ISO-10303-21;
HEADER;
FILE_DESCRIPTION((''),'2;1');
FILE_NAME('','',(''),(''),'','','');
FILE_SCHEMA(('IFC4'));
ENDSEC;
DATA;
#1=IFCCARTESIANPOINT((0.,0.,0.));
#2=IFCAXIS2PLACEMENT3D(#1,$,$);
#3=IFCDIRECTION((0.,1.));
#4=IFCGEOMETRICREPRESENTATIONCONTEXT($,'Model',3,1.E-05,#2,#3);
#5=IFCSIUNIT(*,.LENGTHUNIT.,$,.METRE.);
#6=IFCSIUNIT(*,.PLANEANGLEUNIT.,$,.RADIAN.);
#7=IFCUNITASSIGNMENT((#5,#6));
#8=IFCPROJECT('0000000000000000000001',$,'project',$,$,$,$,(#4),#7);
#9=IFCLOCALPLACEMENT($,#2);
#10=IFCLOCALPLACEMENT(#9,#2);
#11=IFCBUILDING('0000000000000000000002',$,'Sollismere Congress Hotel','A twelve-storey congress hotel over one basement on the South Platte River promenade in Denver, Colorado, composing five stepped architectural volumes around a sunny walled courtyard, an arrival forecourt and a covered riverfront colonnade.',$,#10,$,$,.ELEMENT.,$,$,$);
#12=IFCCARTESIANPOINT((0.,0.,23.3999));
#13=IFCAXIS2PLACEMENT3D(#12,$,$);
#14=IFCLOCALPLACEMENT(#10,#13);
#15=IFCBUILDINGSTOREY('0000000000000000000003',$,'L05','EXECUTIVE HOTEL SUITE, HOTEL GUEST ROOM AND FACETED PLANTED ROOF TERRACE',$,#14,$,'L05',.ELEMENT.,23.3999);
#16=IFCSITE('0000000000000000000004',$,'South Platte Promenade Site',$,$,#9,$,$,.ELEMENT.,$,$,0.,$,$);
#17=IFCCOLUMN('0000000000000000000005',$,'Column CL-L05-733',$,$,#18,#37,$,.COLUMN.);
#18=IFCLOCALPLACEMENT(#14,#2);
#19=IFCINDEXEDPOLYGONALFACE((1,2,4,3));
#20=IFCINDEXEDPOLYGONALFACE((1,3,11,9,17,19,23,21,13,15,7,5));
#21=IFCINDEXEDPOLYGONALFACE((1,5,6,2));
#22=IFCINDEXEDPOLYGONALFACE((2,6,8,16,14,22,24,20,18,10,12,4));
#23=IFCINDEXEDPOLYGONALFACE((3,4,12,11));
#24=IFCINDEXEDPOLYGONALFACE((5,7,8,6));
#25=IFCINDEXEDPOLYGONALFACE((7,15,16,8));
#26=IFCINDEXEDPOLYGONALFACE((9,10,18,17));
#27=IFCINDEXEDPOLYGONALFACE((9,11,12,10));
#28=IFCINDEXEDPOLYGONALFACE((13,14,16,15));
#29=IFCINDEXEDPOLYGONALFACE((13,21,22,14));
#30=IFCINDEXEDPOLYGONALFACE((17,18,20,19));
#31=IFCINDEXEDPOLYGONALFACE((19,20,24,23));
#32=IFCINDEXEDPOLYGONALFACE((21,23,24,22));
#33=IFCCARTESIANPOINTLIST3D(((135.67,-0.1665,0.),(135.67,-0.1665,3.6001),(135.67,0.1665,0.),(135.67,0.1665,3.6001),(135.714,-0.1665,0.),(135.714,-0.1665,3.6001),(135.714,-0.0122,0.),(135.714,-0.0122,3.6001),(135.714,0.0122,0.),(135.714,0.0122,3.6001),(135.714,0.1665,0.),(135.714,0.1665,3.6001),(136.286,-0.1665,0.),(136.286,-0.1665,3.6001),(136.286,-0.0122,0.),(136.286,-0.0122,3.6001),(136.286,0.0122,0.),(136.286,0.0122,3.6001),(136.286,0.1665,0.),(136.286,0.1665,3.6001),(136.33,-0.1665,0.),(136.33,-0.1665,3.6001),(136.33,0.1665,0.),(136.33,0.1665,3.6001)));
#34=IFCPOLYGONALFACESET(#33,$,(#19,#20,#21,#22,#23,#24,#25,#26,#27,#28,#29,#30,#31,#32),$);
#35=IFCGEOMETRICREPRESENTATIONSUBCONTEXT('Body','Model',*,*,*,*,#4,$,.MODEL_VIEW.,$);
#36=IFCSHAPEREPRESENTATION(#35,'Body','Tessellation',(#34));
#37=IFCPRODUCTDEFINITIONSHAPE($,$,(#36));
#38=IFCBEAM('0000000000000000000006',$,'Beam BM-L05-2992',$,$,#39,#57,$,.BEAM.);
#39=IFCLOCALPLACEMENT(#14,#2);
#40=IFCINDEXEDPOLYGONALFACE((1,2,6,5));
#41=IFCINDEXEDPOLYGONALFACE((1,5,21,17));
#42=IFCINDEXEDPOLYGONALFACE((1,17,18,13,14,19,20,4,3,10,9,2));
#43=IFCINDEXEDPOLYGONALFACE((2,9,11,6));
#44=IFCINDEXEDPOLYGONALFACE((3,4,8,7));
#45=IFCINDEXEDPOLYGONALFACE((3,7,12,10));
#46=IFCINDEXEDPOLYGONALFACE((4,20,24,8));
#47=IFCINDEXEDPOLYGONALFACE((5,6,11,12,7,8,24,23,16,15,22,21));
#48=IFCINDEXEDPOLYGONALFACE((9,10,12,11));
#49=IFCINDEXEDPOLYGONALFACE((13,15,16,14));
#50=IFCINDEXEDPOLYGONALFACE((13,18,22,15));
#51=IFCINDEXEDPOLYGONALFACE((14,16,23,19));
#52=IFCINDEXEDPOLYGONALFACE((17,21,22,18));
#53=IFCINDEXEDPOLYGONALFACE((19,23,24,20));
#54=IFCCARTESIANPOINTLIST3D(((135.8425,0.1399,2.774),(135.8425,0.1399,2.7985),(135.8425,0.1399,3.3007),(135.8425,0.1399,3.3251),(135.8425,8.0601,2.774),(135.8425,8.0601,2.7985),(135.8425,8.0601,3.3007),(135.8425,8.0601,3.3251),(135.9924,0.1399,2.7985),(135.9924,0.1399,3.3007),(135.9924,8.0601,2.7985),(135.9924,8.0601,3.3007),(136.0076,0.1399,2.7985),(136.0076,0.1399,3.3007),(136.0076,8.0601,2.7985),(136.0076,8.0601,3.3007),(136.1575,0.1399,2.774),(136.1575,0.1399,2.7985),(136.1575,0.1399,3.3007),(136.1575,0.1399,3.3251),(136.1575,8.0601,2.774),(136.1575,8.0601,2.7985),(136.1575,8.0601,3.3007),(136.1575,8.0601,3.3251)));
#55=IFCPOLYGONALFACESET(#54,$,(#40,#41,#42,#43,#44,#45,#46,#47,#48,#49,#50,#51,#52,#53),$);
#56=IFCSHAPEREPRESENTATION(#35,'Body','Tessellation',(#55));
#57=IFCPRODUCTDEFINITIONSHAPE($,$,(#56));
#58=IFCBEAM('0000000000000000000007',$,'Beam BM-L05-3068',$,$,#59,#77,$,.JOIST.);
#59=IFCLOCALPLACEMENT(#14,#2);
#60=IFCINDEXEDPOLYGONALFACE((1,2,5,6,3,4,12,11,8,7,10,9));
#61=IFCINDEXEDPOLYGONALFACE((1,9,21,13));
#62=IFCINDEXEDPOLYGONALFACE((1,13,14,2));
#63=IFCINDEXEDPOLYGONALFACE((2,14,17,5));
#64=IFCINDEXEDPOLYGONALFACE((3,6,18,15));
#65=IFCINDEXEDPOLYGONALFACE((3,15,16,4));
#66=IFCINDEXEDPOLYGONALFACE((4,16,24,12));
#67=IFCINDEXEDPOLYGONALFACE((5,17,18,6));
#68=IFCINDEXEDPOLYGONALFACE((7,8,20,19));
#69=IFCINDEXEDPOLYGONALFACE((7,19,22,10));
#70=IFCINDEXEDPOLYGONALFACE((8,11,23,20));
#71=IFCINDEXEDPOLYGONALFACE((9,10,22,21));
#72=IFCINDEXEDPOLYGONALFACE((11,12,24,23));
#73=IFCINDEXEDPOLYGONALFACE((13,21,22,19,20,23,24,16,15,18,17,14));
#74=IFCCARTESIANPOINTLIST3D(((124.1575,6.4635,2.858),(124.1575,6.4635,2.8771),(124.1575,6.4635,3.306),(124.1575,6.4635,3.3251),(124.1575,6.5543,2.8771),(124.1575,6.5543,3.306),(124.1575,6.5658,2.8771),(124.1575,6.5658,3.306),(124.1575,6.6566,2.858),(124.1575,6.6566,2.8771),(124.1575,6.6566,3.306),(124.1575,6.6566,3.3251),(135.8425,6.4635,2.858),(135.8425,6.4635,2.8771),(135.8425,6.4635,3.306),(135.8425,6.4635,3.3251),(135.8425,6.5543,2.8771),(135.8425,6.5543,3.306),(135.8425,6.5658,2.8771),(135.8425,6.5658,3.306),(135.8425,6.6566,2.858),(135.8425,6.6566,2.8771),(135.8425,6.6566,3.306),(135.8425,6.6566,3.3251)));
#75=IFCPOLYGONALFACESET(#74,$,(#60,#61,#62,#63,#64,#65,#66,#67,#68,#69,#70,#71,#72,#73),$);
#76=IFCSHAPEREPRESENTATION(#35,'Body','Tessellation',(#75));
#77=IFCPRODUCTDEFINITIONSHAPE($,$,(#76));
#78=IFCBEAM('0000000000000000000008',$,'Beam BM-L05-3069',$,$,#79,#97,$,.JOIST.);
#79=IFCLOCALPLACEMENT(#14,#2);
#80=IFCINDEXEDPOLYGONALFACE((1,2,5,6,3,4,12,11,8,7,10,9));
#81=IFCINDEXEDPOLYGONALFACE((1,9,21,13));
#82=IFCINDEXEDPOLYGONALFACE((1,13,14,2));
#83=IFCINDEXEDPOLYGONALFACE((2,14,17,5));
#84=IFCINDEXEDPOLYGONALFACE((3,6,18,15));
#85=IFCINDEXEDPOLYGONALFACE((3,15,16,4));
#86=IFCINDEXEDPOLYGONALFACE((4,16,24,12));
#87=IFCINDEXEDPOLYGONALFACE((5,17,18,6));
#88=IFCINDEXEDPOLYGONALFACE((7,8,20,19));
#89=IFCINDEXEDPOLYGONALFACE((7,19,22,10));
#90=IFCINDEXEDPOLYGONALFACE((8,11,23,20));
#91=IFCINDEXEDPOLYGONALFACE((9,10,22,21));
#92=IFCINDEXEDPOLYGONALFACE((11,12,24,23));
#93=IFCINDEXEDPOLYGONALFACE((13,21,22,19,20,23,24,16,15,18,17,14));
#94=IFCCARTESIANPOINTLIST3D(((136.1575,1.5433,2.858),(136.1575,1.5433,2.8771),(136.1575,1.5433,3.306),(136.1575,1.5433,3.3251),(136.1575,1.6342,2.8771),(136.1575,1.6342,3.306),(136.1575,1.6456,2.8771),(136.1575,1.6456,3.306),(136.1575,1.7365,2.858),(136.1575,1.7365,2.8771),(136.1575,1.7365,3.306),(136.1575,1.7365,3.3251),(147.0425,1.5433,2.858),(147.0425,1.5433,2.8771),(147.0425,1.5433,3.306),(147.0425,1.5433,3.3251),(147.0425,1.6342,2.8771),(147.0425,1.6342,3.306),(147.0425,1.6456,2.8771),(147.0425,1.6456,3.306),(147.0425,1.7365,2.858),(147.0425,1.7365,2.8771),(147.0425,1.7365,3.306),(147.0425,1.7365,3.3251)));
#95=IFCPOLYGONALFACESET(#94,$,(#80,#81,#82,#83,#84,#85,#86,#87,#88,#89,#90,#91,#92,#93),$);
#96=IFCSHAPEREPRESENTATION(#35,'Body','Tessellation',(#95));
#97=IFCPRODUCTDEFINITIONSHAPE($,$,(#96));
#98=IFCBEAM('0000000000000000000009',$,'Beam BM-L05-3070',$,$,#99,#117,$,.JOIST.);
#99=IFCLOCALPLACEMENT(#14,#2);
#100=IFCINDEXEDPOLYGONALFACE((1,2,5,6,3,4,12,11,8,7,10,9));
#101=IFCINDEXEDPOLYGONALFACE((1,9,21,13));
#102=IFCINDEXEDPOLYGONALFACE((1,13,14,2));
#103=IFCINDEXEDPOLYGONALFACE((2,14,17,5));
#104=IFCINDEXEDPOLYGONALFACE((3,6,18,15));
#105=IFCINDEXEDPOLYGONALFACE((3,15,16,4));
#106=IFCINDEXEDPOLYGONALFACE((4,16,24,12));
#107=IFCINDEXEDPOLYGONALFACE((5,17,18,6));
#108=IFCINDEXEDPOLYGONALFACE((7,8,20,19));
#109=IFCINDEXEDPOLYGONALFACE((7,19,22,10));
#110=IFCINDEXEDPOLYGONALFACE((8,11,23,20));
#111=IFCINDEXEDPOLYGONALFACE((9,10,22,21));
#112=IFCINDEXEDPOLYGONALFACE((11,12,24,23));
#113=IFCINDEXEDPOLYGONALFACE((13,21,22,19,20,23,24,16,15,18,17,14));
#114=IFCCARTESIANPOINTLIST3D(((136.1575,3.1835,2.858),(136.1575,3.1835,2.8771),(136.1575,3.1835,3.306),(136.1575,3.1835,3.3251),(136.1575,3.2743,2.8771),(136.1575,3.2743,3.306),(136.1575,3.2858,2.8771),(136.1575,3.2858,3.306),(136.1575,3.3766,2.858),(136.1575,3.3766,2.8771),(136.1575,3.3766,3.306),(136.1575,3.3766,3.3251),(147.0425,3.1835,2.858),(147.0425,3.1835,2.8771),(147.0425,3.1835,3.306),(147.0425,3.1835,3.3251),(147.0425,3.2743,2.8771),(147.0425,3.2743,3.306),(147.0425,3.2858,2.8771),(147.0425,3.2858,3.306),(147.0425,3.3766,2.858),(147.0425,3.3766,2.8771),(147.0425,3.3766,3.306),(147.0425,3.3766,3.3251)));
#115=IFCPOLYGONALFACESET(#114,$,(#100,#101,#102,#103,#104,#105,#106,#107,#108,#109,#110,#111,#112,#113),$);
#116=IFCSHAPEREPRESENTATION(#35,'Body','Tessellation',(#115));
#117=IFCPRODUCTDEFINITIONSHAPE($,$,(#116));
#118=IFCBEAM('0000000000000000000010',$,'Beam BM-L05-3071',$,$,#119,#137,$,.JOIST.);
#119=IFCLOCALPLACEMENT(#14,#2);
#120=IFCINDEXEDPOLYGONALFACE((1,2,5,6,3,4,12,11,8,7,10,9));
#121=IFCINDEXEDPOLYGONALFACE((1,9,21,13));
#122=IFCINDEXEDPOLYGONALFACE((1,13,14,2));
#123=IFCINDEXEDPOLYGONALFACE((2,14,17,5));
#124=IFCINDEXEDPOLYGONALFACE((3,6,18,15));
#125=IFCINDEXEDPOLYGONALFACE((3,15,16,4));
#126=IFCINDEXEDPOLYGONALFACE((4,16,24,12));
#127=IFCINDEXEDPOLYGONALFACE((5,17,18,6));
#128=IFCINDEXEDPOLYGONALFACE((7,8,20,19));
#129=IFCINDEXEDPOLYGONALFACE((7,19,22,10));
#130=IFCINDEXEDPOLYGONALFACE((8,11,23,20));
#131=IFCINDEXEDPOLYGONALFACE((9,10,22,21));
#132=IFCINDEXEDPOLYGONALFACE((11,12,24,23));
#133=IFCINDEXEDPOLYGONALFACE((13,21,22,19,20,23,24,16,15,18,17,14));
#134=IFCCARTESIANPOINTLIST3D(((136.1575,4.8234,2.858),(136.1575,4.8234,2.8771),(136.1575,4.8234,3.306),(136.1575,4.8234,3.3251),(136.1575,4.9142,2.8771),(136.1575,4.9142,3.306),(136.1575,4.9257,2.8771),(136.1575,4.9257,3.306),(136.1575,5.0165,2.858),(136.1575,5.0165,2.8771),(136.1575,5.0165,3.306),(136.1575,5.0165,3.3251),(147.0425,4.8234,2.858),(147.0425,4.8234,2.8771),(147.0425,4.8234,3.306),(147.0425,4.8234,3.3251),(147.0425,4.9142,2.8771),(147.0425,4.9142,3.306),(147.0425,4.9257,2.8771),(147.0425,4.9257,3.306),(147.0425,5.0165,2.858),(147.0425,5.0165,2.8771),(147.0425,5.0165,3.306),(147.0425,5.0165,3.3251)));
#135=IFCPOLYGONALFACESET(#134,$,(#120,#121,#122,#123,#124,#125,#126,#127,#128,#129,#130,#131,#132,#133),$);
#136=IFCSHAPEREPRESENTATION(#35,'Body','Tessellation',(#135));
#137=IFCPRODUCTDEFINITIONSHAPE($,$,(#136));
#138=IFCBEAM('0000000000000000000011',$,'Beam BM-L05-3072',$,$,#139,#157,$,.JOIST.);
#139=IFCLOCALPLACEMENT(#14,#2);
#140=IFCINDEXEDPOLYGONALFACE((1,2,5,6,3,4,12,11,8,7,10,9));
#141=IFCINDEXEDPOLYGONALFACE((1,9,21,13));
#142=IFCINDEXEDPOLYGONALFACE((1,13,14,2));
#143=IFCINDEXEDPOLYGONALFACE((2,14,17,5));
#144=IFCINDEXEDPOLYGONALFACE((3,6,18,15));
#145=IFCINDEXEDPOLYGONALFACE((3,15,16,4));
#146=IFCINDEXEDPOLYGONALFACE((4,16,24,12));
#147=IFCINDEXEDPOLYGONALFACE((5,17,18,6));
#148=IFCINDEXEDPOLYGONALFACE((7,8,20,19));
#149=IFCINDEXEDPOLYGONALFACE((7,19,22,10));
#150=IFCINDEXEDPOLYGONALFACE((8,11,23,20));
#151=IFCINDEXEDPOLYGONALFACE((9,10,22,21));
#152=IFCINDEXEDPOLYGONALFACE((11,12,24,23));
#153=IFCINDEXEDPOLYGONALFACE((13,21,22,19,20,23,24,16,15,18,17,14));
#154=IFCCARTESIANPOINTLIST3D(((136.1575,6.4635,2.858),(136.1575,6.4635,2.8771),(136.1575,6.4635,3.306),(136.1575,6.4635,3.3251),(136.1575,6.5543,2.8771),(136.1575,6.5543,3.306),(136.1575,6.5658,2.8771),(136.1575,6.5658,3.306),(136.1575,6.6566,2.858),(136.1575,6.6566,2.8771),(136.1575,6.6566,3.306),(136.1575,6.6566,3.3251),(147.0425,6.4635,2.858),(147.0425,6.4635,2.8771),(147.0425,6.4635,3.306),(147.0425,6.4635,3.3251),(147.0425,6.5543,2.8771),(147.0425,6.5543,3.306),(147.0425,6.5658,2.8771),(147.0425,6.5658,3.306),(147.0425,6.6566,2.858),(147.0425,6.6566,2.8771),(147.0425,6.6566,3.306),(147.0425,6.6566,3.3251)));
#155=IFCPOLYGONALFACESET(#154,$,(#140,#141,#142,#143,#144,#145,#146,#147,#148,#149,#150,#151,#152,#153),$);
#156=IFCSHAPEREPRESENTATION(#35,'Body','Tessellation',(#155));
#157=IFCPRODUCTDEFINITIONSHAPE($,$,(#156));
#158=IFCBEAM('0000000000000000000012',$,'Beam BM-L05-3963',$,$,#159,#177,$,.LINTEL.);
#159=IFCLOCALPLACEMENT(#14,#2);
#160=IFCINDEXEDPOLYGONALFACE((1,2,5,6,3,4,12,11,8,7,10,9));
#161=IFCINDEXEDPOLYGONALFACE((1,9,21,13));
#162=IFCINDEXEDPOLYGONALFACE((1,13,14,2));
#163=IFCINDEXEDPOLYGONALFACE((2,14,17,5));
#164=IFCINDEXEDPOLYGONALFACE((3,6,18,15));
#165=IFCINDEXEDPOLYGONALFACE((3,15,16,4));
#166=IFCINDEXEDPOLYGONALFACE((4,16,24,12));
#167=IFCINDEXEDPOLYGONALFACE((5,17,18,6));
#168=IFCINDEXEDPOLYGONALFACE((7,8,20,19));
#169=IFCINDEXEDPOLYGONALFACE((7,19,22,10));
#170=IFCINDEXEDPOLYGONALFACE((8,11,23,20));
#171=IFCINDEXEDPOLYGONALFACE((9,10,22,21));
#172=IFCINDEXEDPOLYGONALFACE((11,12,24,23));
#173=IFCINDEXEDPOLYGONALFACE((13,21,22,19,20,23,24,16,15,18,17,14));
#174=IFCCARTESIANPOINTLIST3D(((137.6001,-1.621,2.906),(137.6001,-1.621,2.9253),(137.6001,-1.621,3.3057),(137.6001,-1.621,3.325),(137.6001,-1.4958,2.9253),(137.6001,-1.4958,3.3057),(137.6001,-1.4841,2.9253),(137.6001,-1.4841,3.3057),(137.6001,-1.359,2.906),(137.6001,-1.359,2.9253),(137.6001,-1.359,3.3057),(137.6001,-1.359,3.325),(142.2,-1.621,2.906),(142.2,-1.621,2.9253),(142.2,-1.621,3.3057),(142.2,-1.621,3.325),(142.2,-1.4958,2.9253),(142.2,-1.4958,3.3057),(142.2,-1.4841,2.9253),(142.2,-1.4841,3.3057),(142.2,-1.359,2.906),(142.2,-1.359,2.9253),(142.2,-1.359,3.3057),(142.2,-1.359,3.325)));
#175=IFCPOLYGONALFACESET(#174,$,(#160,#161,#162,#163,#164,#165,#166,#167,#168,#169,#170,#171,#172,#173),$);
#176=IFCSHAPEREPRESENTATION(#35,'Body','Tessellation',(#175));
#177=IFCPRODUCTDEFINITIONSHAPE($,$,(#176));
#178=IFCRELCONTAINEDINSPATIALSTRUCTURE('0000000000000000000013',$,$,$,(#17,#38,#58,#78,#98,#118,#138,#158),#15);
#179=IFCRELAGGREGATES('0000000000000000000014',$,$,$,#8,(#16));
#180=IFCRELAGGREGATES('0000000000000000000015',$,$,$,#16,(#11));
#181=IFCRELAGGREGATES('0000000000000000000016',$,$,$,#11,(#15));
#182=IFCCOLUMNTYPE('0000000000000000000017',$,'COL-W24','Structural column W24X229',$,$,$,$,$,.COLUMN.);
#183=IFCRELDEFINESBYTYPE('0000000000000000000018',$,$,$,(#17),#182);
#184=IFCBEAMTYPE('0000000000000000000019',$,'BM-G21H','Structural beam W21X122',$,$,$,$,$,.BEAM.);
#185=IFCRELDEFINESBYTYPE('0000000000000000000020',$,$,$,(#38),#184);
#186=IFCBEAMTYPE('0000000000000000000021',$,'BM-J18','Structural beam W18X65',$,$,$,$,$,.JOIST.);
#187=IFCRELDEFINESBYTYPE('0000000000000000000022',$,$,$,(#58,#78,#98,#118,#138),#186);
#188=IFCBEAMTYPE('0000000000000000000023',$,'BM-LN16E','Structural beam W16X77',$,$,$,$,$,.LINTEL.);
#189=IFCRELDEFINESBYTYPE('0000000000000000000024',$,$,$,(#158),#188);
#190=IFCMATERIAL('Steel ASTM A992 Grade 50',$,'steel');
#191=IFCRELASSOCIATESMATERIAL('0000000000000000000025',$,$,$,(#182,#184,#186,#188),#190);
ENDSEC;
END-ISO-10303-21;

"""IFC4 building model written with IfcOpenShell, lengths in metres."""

from ifc_helpers import new_model, si_unit, direction, frame, origin, origin_2d, place, context, subcontext, project, spatial, i_section, extrude, material, material_profile, profile_set, type_object, element, save


model = new_model("IFC4")

# Units and contexts
model_context = context("Model", 3, precision=1e-05, world=origin(), true_north=direction((0.0, 1.0)))
body_context = subcontext(model_context, "Body", "Model", "MODEL_VIEW")
ifc_project = project(units=[si_unit("LENGTHUNIT", "METRE"), si_unit("PLANEANGLEUNIT", "RADIAN")], contexts=[model_context])

# Site, building, storey
site_placement = place(None, origin())
site = spatial("IfcSite", under=ifc_project, at=site_placement, Name="South Platte Promenade Site", CompositionType="ELEMENT", RefElevation=0.0)
building_placement = place(site_placement, origin())
building = spatial("IfcBuilding", under=site, at=building_placement, Name="Sollismere Congress Hotel", Description="A twelve-storey congress hotel over one basement on the South Platte River promenade in Denver, Colorado, composing five stepped architectural volumes around a sunny walled courtyard, an arrival forecourt and a covered riverfront colonnade.", CompositionType="ELEMENT")
storey_placement = place(building_placement, frame((0.0, 0.0, 23.3999)))
storey = spatial("IfcBuildingStorey", under=building, at=storey_placement, Name="L05", Description="EXECUTIVE HOTEL SUITE, HOTEL GUEST ROOM AND FACETED PLANTED ROOF TERRACE", LongName="L05", CompositionType="ELEMENT", Elevation=23.3999)

# Column
ifc_material_1 = material(Name="Steel ASTM A992 Grade 50", Category="steel")
ifc_material_profile_1 = material_profile(ifc_material_1, i_section(OverallWidth=0.333, OverallDepth=0.6599, WebThickness=0.0244, FlangeThickness=0.0439, at=origin_2d()), Name="W24X229")
ifc_profile_set_1 = profile_set([ifc_material_profile_1], Name="Steel ASTM A992 Grade 50")
column_type = type_object("IfcColumnType", Name="COL-W24", Description="Structural column W24X229", PredefinedType="COLUMN", material=ifc_profile_set_1)
column_placement = place(storey_placement, frame((136.0, 0.0, 0.0), z_axis=(0.0, 0.0, 1.0), x_axis=(0.0, 1.0, 0.0)))
element("IfcColumn", 1, at=column_placement, inside=storey, type_object=column_type, Name="Column CL-L05-733", PredefinedType="COLUMN", context=body_context, shape_type="SweptSolid", body=[
    extrude(i_section(OverallWidth=0.333, OverallDepth=0.6599, WebThickness=0.0244, FlangeThickness=0.0439, at=origin_2d()), origin(), (0.0, 0.0, 1.0), 3.6001),
])

# Beams
ifc_material_profile_2 = material_profile(ifc_material_1, i_section(OverallWidth=0.3149, OverallDepth=0.551, WebThickness=0.0151, FlangeThickness=0.0244, at=origin_2d()), Name="W21X122")
ifc_profile_set_2 = profile_set([ifc_material_profile_2], Name="Steel ASTM A992 Grade 50")
beam_type_1 = type_object("IfcBeamType", Name="BM-G21H", Description="Structural beam W21X122", PredefinedType="BEAM", material=ifc_profile_set_2)
beam_1_placement = place(storey_placement, frame((136.0, 0.1399, 3.0496), z_axis=(0.0, 1.0, 0.0), x_axis=(-1.0, 0.0, 0.0)))
element("IfcBeam", 2, at=beam_1_placement, inside=storey, type_object=beam_type_1, Name="Beam BM-L05-2992", PredefinedType="BEAM", context=body_context, shape_type="SweptSolid", body=[
    extrude(i_section(OverallWidth=0.3149, OverallDepth=0.551, WebThickness=0.0151, FlangeThickness=0.0244, at=origin_2d()), origin(), (0.0, 0.0, 1.0), 7.9202),
])
ifc_material_profile_3 = material_profile(ifc_material_1, i_section(OverallWidth=0.1931, OverallDepth=0.467, WebThickness=0.0115, FlangeThickness=0.019, at=origin_2d()), Name="W18X65")
ifc_profile_set_3 = profile_set([ifc_material_profile_3], Name="Steel ASTM A992 Grade 50")
beam_type_2 = type_object("IfcBeamType", Name="BM-J18", Description="Structural beam W18X65", PredefinedType="JOIST", material=ifc_profile_set_3)
beam_2_placement = place(storey_placement, frame((124.1575, 6.5601, 3.0916), z_axis=(1.0, 0.0, 0.0), x_axis=(0.0, 1.0, 0.0)))
element("IfcBeam", 3, at=beam_2_placement, inside=storey, type_object=beam_type_2, Name="Beam BM-L05-3068", PredefinedType="JOIST", context=body_context, shape_type="SweptSolid", body=[
    extrude(i_section(OverallWidth=0.1931, OverallDepth=0.467, WebThickness=0.0115, FlangeThickness=0.019, at=origin_2d()), origin(), (0.0, 0.0, 1.0), 11.6851),
])
for number, where, z_axis, x_axis, name in (
    (4, (136.1575, 1.6399, 3.0916), (1.0, 0.0, 0.0), (0.0, 1.0, 0.0), "Beam BM-L05-3069"),
    (5, (136.1575, 3.28, 3.0916), (1.0, 0.0, 0.0), (0.0, 1.0, 0.0), "Beam BM-L05-3070"),
    (6, (136.1575, 4.9199, 3.0916), (1.0, 0.0, 0.0), (0.0, 1.0, 0.0), "Beam BM-L05-3071"),
    (7, (136.1575, 6.5601, 3.0916), (1.0, 0.0, 0.0), (0.0, 1.0, 0.0), "Beam BM-L05-3072"),
):
    element("IfcBeam", number, at=place(storey_placement, frame(where, z_axis=z_axis, x_axis=x_axis)), inside=storey, type_object=beam_type_2, Name=name, PredefinedType="JOIST", context=body_context, shape_type="SweptSolid", body=[
        extrude(i_section(OverallWidth=0.1931, OverallDepth=0.467, WebThickness=0.0115, FlangeThickness=0.019, at=origin_2d()), origin(), (0.0, 0.0, 1.0), 10.885),
    ])
ifc_material_profile_4 = material_profile(ifc_material_1, i_section(OverallWidth=0.262, OverallDepth=0.4189, WebThickness=0.0117, FlangeThickness=0.0193, at=origin_2d()), Name="W16X77")
ifc_profile_set_4 = profile_set([ifc_material_profile_4], Name="Steel ASTM A992 Grade 50")
beam_type_3 = type_object("IfcBeamType", Name="BM-LN16E", Description="Structural beam W16X77", PredefinedType="LINTEL", material=ifc_profile_set_4)
beam_3_placement = place(storey_placement, frame((137.6001, -1.49, 3.1155), z_axis=(1.0, 0.0, 0.0), x_axis=(0.0, 1.0, 0.0)))
element("IfcBeam", 8, at=beam_3_placement, inside=storey, type_object=beam_type_3, Name="Beam BM-L05-3963", PredefinedType="LINTEL", context=body_context, shape_type="SweptSolid", body=[
    extrude(i_section(OverallWidth=0.262, OverallDepth=0.4189, WebThickness=0.0117, FlangeThickness=0.0193, at=origin_2d()), origin(), (0.0, 0.0, 1.0), 4.5999),
])

save(model, "model.ifc")
